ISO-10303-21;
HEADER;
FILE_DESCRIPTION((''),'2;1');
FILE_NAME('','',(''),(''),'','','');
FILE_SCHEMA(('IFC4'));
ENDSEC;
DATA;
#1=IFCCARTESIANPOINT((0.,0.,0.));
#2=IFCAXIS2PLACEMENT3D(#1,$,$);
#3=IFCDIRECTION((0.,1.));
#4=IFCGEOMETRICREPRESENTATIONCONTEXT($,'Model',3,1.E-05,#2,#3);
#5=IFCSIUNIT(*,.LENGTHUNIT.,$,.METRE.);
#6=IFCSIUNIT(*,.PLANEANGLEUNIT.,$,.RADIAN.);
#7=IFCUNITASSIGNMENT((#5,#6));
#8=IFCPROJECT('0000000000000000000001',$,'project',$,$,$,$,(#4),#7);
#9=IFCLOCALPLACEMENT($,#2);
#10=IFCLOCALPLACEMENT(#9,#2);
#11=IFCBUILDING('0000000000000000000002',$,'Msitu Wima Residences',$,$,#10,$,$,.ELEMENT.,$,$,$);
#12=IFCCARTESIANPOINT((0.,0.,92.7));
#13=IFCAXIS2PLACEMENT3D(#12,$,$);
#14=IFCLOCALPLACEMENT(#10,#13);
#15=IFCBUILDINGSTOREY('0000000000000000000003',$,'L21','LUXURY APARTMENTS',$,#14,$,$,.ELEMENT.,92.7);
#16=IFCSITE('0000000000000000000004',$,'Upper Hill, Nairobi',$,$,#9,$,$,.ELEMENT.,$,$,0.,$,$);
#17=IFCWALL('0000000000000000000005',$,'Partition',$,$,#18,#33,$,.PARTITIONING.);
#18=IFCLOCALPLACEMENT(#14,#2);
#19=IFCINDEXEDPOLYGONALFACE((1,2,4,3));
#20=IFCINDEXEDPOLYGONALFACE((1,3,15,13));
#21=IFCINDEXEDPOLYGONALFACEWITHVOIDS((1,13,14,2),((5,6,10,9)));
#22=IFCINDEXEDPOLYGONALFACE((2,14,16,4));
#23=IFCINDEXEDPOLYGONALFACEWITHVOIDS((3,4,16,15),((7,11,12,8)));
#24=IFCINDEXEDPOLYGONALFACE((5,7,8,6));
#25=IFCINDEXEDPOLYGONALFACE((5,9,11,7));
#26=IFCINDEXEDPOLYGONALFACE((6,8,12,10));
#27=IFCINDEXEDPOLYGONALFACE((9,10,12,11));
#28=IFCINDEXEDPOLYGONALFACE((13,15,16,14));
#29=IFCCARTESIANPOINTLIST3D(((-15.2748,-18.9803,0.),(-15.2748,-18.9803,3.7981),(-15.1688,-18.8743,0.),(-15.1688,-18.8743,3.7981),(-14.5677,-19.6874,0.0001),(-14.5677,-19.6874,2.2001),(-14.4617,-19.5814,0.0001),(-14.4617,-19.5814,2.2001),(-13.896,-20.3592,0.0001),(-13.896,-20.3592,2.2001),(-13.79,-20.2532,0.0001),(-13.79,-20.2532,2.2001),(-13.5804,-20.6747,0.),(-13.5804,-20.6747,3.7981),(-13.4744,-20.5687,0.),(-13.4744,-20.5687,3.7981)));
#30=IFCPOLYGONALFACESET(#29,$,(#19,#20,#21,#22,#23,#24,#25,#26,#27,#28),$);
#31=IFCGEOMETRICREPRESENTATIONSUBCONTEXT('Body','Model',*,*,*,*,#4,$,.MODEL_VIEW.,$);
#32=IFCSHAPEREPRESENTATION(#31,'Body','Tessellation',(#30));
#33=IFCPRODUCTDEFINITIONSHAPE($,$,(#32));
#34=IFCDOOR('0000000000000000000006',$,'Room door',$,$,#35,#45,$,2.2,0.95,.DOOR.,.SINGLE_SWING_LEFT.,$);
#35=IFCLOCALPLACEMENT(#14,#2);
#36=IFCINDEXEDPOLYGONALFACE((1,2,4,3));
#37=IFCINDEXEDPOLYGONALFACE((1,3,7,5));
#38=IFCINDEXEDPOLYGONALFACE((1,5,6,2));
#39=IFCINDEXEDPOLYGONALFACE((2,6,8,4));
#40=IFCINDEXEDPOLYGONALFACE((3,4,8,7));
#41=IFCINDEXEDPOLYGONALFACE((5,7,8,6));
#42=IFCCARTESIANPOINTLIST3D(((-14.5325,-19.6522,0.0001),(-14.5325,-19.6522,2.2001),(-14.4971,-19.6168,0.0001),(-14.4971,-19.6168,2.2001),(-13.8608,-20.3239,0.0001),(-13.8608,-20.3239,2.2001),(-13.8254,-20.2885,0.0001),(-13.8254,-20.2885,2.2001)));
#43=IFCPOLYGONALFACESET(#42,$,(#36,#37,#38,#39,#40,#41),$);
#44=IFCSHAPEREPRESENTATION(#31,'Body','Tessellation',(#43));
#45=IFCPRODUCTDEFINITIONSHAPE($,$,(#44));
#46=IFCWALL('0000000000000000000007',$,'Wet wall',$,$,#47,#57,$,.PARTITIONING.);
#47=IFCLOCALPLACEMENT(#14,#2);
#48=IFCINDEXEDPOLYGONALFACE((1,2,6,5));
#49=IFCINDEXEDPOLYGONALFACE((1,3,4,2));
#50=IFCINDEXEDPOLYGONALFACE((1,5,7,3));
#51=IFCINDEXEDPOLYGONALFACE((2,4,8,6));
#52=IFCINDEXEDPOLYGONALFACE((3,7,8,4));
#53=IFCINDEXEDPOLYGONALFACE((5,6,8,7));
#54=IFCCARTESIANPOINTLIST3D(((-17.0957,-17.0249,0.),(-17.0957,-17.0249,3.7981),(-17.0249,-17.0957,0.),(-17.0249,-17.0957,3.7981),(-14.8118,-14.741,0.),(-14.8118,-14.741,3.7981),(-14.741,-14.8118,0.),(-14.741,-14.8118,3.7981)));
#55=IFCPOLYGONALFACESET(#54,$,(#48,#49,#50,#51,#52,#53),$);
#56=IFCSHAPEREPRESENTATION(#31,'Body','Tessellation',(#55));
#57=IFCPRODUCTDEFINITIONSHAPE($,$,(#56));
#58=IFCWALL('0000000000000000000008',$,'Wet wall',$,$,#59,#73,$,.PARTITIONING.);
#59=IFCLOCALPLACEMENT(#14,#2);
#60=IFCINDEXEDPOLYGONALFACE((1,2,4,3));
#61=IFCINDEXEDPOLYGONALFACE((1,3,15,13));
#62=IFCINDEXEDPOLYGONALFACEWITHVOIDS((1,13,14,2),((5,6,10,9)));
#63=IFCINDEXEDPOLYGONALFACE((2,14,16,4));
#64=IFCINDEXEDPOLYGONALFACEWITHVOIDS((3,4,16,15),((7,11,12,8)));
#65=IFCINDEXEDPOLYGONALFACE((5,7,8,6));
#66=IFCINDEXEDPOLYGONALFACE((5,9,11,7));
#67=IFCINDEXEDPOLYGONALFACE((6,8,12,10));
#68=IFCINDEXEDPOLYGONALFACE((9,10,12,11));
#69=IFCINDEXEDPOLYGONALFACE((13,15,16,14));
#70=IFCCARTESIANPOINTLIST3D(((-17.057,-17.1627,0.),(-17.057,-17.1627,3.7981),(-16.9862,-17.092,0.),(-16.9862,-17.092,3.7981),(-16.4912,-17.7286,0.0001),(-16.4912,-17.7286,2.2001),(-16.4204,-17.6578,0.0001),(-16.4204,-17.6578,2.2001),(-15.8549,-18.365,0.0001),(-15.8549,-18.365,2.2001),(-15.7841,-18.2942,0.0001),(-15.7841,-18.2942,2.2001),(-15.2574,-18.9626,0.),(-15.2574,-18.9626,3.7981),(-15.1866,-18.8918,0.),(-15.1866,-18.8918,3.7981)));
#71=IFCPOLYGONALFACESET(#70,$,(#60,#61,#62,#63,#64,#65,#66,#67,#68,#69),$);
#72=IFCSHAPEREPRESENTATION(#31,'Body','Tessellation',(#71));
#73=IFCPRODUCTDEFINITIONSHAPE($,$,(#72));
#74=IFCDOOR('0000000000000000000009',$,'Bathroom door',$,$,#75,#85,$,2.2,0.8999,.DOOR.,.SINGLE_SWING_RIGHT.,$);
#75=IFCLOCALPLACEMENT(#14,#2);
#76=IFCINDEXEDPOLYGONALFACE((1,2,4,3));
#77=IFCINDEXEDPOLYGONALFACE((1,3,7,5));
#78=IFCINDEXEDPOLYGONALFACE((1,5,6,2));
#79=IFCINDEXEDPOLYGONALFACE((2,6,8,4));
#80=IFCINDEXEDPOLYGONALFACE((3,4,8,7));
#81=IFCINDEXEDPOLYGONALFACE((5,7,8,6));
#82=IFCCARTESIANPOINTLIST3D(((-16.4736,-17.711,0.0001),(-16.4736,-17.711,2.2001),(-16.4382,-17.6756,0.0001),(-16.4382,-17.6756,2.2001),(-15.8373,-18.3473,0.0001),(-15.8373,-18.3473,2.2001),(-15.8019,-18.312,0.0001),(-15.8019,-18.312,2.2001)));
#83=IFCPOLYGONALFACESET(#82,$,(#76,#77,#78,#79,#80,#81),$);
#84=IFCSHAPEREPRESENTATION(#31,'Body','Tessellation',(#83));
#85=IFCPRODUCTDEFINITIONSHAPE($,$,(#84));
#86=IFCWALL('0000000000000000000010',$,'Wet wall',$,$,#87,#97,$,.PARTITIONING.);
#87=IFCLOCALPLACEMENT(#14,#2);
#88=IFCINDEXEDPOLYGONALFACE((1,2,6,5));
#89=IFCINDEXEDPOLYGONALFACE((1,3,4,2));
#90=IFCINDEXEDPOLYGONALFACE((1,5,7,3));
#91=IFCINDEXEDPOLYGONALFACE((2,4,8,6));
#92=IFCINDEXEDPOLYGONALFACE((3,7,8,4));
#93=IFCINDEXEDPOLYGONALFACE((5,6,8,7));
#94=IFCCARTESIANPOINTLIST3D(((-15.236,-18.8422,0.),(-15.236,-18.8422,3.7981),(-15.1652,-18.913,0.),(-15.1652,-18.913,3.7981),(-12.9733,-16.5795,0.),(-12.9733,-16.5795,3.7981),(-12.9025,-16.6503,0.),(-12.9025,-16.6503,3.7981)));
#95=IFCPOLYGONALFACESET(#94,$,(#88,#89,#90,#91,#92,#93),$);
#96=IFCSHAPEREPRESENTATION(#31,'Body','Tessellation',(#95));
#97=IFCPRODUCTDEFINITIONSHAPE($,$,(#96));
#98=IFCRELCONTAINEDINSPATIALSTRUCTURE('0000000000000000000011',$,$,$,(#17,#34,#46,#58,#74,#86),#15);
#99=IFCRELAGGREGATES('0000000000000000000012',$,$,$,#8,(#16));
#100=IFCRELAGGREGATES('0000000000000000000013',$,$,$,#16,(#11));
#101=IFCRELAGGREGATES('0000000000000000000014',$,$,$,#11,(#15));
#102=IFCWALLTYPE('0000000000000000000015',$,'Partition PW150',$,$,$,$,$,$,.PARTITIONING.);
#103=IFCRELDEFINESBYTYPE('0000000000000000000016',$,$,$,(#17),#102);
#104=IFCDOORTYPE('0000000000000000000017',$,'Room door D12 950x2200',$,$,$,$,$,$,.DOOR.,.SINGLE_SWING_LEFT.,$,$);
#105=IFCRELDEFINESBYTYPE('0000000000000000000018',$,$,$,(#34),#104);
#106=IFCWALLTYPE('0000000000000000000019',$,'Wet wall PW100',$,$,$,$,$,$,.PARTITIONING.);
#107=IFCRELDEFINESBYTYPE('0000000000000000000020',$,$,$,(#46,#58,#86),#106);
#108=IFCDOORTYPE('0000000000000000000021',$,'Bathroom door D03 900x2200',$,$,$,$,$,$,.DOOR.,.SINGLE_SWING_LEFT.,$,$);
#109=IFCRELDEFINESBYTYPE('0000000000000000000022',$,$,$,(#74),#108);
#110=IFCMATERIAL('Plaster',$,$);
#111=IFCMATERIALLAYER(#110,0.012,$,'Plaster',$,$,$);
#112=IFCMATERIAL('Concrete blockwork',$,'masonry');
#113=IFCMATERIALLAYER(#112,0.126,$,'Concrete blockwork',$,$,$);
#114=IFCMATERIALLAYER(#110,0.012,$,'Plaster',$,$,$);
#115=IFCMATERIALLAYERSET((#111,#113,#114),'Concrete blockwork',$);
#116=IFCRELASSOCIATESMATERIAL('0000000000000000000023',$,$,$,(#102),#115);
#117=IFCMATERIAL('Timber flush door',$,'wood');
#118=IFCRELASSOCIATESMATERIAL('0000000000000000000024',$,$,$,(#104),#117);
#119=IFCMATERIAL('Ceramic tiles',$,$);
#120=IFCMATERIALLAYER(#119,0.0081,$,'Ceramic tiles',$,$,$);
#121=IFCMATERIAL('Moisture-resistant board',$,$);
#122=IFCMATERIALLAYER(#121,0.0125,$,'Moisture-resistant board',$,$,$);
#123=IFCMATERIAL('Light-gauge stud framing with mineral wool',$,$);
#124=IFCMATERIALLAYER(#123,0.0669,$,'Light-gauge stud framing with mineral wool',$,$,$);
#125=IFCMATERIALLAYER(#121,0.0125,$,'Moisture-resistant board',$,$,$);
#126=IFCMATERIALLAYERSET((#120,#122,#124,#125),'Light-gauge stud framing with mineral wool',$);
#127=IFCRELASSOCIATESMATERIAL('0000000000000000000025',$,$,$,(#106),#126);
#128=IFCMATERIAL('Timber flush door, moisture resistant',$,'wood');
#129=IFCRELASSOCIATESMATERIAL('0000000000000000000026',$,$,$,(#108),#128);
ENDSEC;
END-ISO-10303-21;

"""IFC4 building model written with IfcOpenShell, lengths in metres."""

from ifc_helpers import new_model, si_unit, direction, frame, frame_2d, origin, place, context, subcontext, project, spatial, rectangle, extrude, material, layer, layer_set, type_object, element, fill, save


model = new_model("IFC4")

# Units and contexts
model_context = context("Model", 3, precision=1e-05, world=origin(), true_north=direction((0.0, 1.0)))
body_context = subcontext(model_context, "Body", "Model", "MODEL_VIEW")
ifc_project = project(units=[si_unit("LENGTHUNIT", "METRE"), si_unit("PLANEANGLEUNIT", "RADIAN")], contexts=[model_context])

# Site, building, storey
site_placement = place(None, origin())
site = spatial("IfcSite", under=ifc_project, at=site_placement, Name="Upper Hill, Nairobi", CompositionType="ELEMENT", RefElevation=0.0)
building_placement = place(site_placement, origin())
building = spatial("IfcBuilding", under=site, at=building_placement, Name="Msitu Wima Residences", CompositionType="ELEMENT")
storey_placement = place(building_placement, frame((0.0, 0.0, 92.7)))
storey = spatial("IfcBuildingStorey", under=building, at=storey_placement, Name="L21", Description="LUXURY APARTMENTS", CompositionType="ELEMENT", Elevation=92.7)

# Shared definitions
ifc_material_1 = material(Name="Plaster")
ifc_material_2 = material(Name="Concrete blockwork", Category="masonry")

# Shared definitions
ifc_layer_1 = layer(ifc_material_1, 0.012, Name="Plaster")
ifc_layer_2 = layer(ifc_material_2, 0.126, Name="Concrete blockwork")
ifc_layer_3 = layer(ifc_material_1, 0.012, Name="Plaster")
ifc_layer_set_1 = layer_set([ifc_layer_1, ifc_layer_2, ifc_layer_3], Name="Concrete blockwork")
wall_type_1 = type_object("IfcWallType", Name="Partition PW150", PredefinedType="PARTITIONING", material=ifc_layer_set_1)

# Wall, opening, door
wall_1_placement = place(storey_placement, frame((-15.2219, -18.9272, 0.0), z_axis=(0.0, 0.0, 1.0), x_axis=(0.707107, -0.707107, 0.0)))
wall_1 = element("IfcWall", 1, at=wall_1_placement, inside=storey, type_object=wall_type_1, Name="Partition", PredefinedType="PARTITIONING", context=body_context, shape_type="SweptSolid", body=[
    extrude(rectangle(XDim=2.3962, YDim=0.1499, at=frame_2d((1.1982, 0.0))), origin(), (0.0, 0.0, 1.0), 3.7981),
])
opening_1_placement = place(wall_1_placement, frame((1.0, 0.0, 0.0)))
opening_1 = element("IfcOpeningElement", 2, at=opening_1_placement, cuts=wall_1, PredefinedType="OPENING", context=body_context, shape_type="SweptSolid", body=[
    extrude(rectangle(XDim=0.95, YDim=2.2, at=frame_2d((0.4751, 1.1001))), frame((0.0, 0.085, 0.0), z_axis=(0.0, -1.0, 0.0), x_axis=(1.0, 0.0, 0.0)), (0.0, 0.0, 1.0), 0.1699),
])
ifc_material_3 = material(Name="Timber flush door", Category="wood")
door_type_1 = type_object("IfcDoorType", Name="Room door D12 950x2200", OperationType="SINGLE_SWING_LEFT", PredefinedType="DOOR", material=ifc_material_3)
door_1_placement = place(opening_1_placement, origin())
door_1 = element("IfcDoor", 3, at=door_1_placement, inside=storey, type_object=door_type_1, Name="Room door", OperationType="SINGLE_SWING_LEFT", OverallHeight=2.2, OverallWidth=0.95, PredefinedType="DOOR", context=body_context, shape_type="SweptSolid", body=[
    extrude(rectangle(XDim=0.95, YDim=2.2, at=frame_2d((0.4751, 1.1001))), frame((0.0, 0.0249, 0.0), z_axis=(0.0, -1.0, 0.0), x_axis=(1.0, 0.0, 0.0)), (0.0, 0.0, 1.0), 0.05),
])
fill(opening_1, door_1)

# Wall
ifc_material_4 = material(Name="Ceramic tiles")
ifc_layer_4 = layer(ifc_material_4, 0.0081, Name="Ceramic tiles")
ifc_material_5 = material(Name="Moisture-resistant board")
ifc_layer_5 = layer(ifc_material_5, 0.0125, Name="Moisture-resistant board")
ifc_material_6 = material(Name="Light-gauge stud framing with mineral wool")
ifc_layer_6 = layer(ifc_material_6, 0.0669, Name="Light-gauge stud framing with mineral wool")
ifc_layer_7 = layer(ifc_material_5, 0.0125, Name="Moisture-resistant board")
ifc_layer_set_2 = layer_set([ifc_layer_4, ifc_layer_5, ifc_layer_6, ifc_layer_7], Name="Light-gauge stud framing with mineral wool")
wall_type_2 = type_object("IfcWallType", Name="Wet wall PW100", PredefinedType="PARTITIONING", material=ifc_layer_set_2)
wall_2_placement = place(storey_placement, frame((-17.0603, -17.0603, 0.0), z_axis=(0.0, 0.0, 1.0), x_axis=(0.707107, 0.707107, 0.0)))
element("IfcWall", 4, at=wall_2_placement, inside=storey, type_object=wall_type_2, Name="Wet wall", PredefinedType="PARTITIONING", context=body_context, shape_type="SweptSolid", body=[
    extrude(rectangle(XDim=3.23, YDim=0.1001, at=frame_2d((1.615, 0.0))), origin(), (0.0, 0.0, 1.0), 3.7981),
])

# Wall, opening, door
wall_3_placement = place(storey_placement, frame((-17.0215, -17.1274, 0.0), z_axis=(0.0, 0.0, 1.0), x_axis=(0.707059, -0.707155, 0.0)))
wall_3 = element("IfcWall", 5, at=wall_3_placement, inside=storey, type_object=wall_type_2, Name="Wet wall", PredefinedType="PARTITIONING", context=body_context, shape_type="SweptSolid", body=[
    extrude(rectangle(XDim=2.5452, YDim=0.1001, at=frame_2d((1.2725, 0.0))), origin(), (0.0, 0.0, 1.0), 3.7981),
])
opening_2_placement = place(wall_3_placement, frame((0.8, 0.0, 0.0)))
opening_2 = element("IfcOpeningElement", 6, at=opening_2_placement, cuts=wall_3, PredefinedType="OPENING", context=body_context, shape_type="SweptSolid", body=[
    extrude(rectangle(XDim=0.8999, YDim=2.2, at=frame_2d((0.45, 1.1001))), frame((0.0, 0.0601, 0.0), z_axis=(0.0, -1.0, 0.0), x_axis=(1.0, 0.0, 0.0)), (0.0, 0.0, 1.0), 0.1201),
])
ifc_material_7 = material(Name="Timber flush door, moisture resistant", Category="wood")
door_type_2 = type_object("IfcDoorType", Name="Bathroom door D03 900x2200", OperationType="SINGLE_SWING_LEFT", PredefinedType="DOOR", material=ifc_material_7)
door_2_placement = place(opening_2_placement, origin())
door_2 = element("IfcDoor", 7, at=door_2_placement, inside=storey, type_object=door_type_2, Name="Bathroom door", OperationType="SINGLE_SWING_RIGHT", OverallHeight=2.2, OverallWidth=0.8999, PredefinedType="DOOR", context=body_context, shape_type="SweptSolid", body=[
    extrude(rectangle(XDim=0.8999, YDim=2.2, at=frame_2d((0.45, 1.1001))), frame((0.0, 0.0249, 0.0), z_axis=(0.0, -1.0, 0.0), x_axis=(1.0, 0.0, 0.0)), (0.0, 0.0, 1.0), 0.05),
])
fill(opening_2, door_2)

# Wall
wall_4_placement = place(storey_placement, frame((-15.2007, -18.8777, 0.0), z_axis=(0.0, 0.0, 1.0), x_axis=(0.707107, 0.707107, 0.0)))
element("IfcWall", 8, at=wall_4_placement, inside=storey, type_object=wall_type_2, Name="Wet wall", PredefinedType="PARTITIONING", context=body_context, shape_type="SweptSolid", body=[
    extrude(rectangle(XDim=3.2, YDim=0.1001, at=frame_2d((1.6001, 0.0))), origin(), (0.0, 0.0, 1.0), 3.7981),
])

save(model, "model.ifc")
